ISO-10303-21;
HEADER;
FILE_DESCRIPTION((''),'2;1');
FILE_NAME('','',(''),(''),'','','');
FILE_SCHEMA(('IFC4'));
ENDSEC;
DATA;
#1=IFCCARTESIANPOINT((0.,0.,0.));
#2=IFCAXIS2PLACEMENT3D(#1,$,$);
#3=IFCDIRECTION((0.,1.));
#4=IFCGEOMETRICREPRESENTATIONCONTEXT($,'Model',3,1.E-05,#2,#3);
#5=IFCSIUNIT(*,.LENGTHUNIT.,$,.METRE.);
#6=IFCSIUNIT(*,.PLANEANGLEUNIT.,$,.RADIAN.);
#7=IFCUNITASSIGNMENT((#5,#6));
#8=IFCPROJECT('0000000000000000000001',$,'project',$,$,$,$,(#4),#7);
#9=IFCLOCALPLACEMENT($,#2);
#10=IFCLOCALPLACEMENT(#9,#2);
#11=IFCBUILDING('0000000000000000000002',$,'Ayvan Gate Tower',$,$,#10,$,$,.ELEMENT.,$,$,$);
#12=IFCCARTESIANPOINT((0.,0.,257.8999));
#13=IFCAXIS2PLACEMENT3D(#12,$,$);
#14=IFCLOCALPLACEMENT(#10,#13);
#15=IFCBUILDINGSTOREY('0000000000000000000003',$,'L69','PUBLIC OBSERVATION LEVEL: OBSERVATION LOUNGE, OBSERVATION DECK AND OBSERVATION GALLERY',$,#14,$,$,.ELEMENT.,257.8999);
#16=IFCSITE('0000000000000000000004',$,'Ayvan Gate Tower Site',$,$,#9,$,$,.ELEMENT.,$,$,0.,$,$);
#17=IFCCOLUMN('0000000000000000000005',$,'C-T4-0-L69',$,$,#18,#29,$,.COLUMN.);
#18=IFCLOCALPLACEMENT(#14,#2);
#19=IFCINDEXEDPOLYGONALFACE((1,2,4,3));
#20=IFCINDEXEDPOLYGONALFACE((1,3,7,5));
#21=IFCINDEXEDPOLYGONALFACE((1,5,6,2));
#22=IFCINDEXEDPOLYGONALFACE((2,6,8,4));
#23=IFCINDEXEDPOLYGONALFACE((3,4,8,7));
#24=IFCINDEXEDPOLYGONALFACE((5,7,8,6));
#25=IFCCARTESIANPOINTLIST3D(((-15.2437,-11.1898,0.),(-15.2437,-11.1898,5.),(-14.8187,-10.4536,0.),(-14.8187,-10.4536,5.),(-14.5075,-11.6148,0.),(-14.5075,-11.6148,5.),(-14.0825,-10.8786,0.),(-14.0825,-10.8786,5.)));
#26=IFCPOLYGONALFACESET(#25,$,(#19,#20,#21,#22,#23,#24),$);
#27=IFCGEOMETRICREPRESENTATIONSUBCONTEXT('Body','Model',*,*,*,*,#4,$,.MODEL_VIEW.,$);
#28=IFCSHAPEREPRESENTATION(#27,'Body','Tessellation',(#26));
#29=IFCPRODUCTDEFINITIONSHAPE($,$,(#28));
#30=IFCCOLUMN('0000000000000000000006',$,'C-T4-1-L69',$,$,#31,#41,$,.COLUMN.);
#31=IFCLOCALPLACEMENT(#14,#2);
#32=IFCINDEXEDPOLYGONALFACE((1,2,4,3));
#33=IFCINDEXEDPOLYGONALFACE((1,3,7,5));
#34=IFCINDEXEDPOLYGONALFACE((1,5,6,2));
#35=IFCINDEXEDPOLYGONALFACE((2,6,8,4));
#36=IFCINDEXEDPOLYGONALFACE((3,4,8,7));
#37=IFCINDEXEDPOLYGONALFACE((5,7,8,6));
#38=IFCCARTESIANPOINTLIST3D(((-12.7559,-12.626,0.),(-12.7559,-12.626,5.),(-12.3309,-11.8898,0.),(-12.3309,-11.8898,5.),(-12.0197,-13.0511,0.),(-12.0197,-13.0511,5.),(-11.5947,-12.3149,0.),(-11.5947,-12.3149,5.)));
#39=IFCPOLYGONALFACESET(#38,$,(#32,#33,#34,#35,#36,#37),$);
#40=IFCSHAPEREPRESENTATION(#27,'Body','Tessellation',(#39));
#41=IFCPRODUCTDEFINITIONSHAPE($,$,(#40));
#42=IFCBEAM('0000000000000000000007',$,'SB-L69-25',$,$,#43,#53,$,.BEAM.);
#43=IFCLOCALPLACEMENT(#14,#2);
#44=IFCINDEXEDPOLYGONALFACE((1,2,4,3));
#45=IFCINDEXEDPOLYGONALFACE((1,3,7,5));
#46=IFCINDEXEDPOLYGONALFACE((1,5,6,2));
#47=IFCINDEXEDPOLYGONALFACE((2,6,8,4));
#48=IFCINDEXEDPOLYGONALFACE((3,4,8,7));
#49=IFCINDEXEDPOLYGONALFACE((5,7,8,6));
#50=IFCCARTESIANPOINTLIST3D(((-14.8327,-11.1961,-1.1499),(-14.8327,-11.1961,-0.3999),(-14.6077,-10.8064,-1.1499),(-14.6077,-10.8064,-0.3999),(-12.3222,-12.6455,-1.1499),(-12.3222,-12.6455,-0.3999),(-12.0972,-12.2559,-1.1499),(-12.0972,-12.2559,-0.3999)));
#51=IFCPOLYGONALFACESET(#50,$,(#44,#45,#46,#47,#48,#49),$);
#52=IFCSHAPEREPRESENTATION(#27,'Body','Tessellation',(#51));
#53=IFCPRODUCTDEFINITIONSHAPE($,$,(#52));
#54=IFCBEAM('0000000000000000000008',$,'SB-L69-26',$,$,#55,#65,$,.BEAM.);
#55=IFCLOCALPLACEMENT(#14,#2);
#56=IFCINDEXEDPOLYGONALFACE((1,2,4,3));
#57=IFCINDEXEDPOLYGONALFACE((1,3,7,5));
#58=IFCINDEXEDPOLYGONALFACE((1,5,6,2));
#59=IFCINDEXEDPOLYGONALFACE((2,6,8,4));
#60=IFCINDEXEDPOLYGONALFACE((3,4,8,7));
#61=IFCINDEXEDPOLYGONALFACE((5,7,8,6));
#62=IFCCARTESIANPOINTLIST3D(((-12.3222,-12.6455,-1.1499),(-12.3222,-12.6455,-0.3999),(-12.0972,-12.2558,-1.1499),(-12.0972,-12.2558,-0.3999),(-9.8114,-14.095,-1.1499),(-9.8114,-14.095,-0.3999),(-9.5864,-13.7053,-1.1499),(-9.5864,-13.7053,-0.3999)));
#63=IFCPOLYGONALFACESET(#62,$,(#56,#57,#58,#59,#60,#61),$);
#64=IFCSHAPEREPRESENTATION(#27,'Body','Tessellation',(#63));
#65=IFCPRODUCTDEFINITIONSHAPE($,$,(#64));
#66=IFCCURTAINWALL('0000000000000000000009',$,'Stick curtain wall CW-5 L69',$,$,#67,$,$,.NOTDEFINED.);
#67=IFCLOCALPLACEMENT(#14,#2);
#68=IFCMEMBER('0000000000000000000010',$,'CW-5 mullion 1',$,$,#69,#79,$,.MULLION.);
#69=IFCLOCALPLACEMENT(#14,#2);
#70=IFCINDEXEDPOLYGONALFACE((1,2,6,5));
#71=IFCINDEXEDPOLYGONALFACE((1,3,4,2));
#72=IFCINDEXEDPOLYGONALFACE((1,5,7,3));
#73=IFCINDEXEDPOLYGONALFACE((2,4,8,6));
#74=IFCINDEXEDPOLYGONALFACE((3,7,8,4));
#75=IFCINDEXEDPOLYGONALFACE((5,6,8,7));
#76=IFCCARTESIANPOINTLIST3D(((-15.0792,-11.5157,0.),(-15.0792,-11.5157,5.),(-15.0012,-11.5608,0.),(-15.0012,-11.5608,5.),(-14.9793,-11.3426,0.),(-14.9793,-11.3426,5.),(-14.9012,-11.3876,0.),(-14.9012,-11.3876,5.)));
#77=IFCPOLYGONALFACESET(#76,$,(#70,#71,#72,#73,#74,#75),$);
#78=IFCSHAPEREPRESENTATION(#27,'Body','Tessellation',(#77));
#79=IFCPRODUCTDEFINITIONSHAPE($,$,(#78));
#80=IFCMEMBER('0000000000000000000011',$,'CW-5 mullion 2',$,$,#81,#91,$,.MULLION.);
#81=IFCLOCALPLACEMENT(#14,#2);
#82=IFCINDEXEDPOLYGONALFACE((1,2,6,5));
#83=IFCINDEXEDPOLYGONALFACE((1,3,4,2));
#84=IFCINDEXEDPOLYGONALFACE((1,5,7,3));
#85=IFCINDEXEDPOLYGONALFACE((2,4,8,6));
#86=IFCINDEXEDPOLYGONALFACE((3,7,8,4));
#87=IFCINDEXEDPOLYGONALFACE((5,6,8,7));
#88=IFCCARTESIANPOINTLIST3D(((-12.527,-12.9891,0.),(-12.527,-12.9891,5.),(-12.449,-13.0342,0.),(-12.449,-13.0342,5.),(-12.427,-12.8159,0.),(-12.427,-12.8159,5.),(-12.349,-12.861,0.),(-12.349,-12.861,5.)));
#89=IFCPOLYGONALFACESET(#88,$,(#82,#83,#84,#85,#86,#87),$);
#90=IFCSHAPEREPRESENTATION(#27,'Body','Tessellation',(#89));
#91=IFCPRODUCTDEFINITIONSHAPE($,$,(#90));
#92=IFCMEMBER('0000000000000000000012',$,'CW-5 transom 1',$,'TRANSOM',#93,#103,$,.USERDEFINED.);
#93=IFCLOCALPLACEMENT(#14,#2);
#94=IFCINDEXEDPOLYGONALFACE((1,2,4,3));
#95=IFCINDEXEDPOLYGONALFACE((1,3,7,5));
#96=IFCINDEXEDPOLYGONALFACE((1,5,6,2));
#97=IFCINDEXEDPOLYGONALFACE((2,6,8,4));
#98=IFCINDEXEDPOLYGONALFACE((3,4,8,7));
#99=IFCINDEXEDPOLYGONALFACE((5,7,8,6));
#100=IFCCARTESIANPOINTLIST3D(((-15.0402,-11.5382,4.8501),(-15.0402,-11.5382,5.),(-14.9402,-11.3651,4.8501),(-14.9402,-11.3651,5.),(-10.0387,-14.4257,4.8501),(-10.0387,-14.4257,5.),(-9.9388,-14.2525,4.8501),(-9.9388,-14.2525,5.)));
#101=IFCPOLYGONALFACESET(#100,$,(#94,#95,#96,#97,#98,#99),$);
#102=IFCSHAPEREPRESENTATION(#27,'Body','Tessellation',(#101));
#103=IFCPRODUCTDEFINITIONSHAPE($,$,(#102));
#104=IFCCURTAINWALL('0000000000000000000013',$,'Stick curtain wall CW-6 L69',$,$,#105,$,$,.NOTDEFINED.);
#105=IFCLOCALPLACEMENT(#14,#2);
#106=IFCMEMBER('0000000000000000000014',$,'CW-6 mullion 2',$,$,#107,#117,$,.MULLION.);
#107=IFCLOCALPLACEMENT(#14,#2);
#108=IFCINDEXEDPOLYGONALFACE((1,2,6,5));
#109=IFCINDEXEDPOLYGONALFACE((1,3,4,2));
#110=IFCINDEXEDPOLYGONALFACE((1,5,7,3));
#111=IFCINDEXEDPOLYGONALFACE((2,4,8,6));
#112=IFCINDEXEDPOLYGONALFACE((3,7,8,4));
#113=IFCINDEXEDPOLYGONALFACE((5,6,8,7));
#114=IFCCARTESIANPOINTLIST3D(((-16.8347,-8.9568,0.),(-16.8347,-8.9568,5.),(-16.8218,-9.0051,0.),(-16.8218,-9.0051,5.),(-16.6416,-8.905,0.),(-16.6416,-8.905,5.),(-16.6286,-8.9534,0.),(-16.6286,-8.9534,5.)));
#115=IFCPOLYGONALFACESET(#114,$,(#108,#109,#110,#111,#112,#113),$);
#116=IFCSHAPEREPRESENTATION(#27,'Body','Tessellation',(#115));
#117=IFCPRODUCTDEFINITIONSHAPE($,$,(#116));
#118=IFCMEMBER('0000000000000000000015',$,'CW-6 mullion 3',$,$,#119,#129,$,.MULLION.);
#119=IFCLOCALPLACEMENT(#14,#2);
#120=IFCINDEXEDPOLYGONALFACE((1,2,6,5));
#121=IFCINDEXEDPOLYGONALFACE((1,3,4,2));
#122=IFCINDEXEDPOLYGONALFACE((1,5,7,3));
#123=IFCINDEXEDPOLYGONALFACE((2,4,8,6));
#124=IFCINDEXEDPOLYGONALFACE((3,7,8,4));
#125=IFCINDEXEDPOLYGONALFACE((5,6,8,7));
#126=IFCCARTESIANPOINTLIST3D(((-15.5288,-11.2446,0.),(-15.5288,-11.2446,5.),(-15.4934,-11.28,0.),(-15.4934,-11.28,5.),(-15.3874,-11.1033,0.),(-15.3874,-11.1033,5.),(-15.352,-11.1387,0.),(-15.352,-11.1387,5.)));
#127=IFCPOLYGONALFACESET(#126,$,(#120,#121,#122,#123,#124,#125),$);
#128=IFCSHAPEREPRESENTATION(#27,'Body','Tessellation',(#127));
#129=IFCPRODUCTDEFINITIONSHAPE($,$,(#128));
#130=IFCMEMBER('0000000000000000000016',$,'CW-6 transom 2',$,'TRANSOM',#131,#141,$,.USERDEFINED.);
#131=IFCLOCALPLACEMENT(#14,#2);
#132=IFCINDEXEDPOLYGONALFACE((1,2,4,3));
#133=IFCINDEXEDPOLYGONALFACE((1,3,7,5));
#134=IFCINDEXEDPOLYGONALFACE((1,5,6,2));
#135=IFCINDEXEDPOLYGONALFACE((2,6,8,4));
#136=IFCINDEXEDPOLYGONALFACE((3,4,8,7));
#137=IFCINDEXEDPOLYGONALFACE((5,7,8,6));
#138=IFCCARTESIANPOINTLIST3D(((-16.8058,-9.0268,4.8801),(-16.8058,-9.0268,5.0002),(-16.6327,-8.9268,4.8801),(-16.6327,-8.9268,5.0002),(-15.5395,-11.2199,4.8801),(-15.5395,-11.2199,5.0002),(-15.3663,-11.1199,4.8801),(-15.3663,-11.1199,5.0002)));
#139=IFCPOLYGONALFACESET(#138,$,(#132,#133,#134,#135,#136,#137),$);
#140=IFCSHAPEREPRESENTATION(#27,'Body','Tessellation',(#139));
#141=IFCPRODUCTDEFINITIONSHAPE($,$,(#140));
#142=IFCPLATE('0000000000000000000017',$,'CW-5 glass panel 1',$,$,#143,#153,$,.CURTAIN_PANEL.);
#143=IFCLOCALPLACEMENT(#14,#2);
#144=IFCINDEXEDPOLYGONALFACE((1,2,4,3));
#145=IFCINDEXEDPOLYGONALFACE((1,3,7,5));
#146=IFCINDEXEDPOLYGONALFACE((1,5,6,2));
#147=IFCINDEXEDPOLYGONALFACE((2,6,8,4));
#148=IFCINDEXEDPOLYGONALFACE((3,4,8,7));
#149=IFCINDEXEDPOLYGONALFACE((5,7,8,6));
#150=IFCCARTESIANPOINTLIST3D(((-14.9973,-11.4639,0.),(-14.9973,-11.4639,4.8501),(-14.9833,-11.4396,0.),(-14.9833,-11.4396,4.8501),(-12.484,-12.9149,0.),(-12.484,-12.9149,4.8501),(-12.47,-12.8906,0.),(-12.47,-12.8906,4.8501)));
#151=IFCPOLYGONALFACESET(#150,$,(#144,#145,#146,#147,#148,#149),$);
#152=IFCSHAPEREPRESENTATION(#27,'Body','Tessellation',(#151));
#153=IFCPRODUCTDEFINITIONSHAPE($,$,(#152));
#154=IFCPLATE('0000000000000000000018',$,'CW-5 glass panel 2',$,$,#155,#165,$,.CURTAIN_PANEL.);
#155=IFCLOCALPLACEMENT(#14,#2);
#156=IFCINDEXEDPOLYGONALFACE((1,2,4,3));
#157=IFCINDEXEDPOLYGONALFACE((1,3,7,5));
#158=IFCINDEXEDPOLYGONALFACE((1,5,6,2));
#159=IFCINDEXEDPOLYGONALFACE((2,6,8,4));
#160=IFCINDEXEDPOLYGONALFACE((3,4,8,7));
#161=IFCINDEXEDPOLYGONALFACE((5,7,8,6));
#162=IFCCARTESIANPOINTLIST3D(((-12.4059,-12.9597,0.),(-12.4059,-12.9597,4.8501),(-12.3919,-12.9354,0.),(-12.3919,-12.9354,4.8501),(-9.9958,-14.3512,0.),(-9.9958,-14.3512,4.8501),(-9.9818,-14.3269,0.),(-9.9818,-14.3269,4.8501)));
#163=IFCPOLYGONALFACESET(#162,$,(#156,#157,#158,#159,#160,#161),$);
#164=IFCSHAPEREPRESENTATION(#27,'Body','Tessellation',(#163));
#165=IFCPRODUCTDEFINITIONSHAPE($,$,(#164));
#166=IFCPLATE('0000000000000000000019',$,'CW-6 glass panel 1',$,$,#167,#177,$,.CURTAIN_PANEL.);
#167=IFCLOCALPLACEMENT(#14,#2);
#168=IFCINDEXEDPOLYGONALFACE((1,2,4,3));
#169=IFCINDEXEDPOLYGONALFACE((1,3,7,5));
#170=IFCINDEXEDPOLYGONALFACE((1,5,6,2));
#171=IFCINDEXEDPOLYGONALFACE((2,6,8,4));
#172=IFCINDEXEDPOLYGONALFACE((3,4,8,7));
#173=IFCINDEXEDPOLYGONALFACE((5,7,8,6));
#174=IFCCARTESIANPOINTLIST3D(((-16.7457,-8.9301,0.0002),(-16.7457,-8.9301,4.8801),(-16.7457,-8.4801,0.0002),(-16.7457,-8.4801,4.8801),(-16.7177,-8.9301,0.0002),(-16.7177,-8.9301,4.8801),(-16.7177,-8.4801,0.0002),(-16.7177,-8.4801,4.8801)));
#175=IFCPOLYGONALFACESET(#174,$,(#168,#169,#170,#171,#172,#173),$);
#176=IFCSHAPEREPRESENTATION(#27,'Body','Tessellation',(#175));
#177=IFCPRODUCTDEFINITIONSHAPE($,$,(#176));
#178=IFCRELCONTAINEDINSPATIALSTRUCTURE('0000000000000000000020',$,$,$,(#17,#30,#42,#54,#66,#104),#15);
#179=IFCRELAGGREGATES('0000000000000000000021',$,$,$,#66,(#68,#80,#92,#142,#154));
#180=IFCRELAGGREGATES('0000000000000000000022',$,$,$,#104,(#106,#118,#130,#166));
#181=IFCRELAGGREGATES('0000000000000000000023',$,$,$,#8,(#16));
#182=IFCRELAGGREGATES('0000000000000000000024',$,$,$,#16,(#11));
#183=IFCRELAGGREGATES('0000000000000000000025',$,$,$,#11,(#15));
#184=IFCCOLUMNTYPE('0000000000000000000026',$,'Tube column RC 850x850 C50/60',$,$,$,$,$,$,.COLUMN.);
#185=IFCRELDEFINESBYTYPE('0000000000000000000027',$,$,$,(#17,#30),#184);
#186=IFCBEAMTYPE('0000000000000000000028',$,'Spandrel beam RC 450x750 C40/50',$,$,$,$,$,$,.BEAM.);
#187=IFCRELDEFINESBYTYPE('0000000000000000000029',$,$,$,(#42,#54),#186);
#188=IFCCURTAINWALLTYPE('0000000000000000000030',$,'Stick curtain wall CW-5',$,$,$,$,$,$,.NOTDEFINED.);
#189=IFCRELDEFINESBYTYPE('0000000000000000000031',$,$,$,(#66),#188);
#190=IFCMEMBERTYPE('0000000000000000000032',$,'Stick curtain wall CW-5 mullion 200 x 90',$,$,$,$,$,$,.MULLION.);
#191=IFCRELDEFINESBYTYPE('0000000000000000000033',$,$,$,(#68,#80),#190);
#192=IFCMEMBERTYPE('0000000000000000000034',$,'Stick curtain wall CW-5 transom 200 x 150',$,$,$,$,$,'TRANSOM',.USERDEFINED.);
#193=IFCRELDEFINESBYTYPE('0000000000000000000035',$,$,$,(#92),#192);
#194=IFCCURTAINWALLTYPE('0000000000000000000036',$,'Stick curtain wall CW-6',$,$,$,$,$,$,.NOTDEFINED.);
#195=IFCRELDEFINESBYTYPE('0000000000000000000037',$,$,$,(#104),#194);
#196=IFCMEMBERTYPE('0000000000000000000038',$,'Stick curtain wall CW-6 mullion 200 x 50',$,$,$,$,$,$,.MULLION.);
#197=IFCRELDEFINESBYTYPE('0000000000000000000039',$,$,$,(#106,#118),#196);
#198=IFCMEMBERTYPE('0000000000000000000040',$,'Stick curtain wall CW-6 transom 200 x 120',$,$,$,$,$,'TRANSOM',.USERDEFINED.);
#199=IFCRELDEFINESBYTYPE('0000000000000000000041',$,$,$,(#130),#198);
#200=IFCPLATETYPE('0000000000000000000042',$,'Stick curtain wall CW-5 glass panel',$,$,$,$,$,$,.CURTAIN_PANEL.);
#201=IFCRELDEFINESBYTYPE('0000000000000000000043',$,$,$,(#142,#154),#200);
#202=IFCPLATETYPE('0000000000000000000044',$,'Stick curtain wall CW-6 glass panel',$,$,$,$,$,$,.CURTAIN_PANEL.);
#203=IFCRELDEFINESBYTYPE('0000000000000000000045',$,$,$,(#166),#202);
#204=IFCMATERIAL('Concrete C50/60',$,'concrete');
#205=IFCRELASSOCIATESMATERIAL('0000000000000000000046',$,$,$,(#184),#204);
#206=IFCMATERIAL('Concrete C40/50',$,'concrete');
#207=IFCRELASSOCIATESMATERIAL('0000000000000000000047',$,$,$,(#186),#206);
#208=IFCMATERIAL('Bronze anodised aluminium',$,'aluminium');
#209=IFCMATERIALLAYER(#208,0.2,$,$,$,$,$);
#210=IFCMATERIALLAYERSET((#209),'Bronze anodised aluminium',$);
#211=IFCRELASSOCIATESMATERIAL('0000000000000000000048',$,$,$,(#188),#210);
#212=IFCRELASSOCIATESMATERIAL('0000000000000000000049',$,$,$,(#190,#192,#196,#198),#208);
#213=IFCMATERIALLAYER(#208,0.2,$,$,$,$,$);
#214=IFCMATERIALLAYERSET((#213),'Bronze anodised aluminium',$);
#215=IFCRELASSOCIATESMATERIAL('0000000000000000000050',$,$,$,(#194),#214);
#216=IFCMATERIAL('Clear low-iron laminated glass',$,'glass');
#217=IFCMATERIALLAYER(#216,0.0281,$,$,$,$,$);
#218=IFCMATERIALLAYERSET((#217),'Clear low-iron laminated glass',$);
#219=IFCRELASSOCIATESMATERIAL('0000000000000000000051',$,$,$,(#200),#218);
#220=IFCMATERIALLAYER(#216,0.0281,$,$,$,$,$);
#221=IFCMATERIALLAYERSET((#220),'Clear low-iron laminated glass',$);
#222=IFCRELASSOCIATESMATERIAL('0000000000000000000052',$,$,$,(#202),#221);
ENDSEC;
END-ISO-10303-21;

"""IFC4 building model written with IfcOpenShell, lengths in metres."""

from ifc_helpers import new_model, si_unit, direction, frame, origin, origin_2d, place, context, subcontext, project, spatial, rectangle, extrude, material, layer, layer_set, material_profile, profile_set, type_object, element, aggregate, save


model = new_model("IFC4")

# Units and contexts
model_context = context("Model", 3, precision=1e-05, world=origin(), true_north=direction((0.0, 1.0)))
body_context = subcontext(model_context, "Body", "Model", "MODEL_VIEW")
ifc_project = project(units=[si_unit("LENGTHUNIT", "METRE"), si_unit("PLANEANGLEUNIT", "RADIAN")], contexts=[model_context])

# Site, building, storey
site_placement = place(None, origin())
site = spatial("IfcSite", under=ifc_project, at=site_placement, Name="Ayvan Gate Tower Site", CompositionType="ELEMENT", RefElevation=0.0)
building_placement = place(site_placement, origin())
building = spatial("IfcBuilding", under=site, at=building_placement, Name="Ayvan Gate Tower", CompositionType="ELEMENT")
storey_placement = place(building_placement, frame((0.0, 0.0, 257.8999)))
storey = spatial("IfcBuildingStorey", under=building, at=storey_placement, Name="L69", Description="PUBLIC OBSERVATION LEVEL: OBSERVATION LOUNGE, OBSERVATION DECK AND OBSERVATION GALLERY", CompositionType="ELEMENT", Elevation=257.8999)

# Columns
ifc_material_1 = material(Name="Concrete C50/60", Category="concrete")
ifc_material_profile_1 = material_profile(ifc_material_1, rectangle(XDim=0.8501, YDim=0.8501, at=origin_2d()), Name="RC 850x850")
ifc_profile_set_1 = profile_set([ifc_material_profile_1], Name="Concrete C50/60")
column_type = type_object("IfcColumnType", Name="Tube column RC 850x850 C50/60", PredefinedType="COLUMN", material=ifc_profile_set_1)
for number, where, z_axis, x_axis, name in (
    (1, (-14.6631, -11.0342, 0.0), (0.0, 0.0, 1.0), (-0.5, -0.866025, 0.0), "C-T4-0-L69"),
    (2, (-12.1753, -12.4705, 0.0), (0.0, 0.0, 1.0), (-0.5, -0.866025, 0.0), "C-T4-1-L69"),
):
    element("IfcColumn", number, at=place(storey_placement, frame(where, z_axis=z_axis, x_axis=x_axis)), inside=storey, type_object=column_type, Name=name, PredefinedType="COLUMN", context=body_context, shape_type="SweptSolid", body=[
        extrude(rectangle(XDim=0.8501, YDim=0.8501, at=origin_2d()), origin(), (0.0, 0.0, 1.0), 5.0),
    ])

# Beams
ifc_material_2 = material(Name="Concrete C40/50", Category="concrete")
ifc_material_profile_2 = material_profile(ifc_material_2, rectangle(XDim=0.45, YDim=0.75, at=origin_2d()), Name="RC 450x750")
ifc_profile_set_2 = profile_set([ifc_material_profile_2], Name="Concrete C40/50")
beam_type = type_object("IfcBeamType", Name="Spandrel beam RC 450x750 C40/50", PredefinedType="BEAM", material=ifc_profile_set_2)
beam_1_placement = place(storey_placement, frame((-14.7202, -11.0012, -0.7749), z_axis=(0.866021, -0.500007, 0.0), x_axis=(0.500007, 0.866021, 0.0)))
element("IfcBeam", 3, at=beam_1_placement, inside=storey, type_object=beam_type, Name="SB-L69-25", PredefinedType="BEAM", context=body_context, shape_type="SweptSolid", body=[
    extrude(rectangle(XDim=0.45, YDim=0.75, at=origin_2d()), origin(), (0.0, 0.0, 1.0), 2.8989),
])
beam_2_placement = place(storey_placement, frame((-12.2097, -12.4507, -0.7749), z_axis=(0.866043, -0.49997, 0.0), x_axis=(0.49997, 0.866043, 0.0)))
element("IfcBeam", 4, at=beam_2_placement, inside=storey, type_object=beam_type, Name="SB-L69-26", PredefinedType="BEAM", context=body_context, shape_type="SweptSolid", body=[
    extrude(rectangle(XDim=0.45, YDim=0.75, at=origin_2d()), origin(), (0.0, 0.0, 1.0), 2.8992),
])

# Curtain walls, members
ifc_material_3 = material(Name="Bronze anodised aluminium", Category="aluminium")
ifc_layer_1 = layer(ifc_material_3, 0.2)
ifc_layer_set_1 = layer_set([ifc_layer_1], Name="Bronze anodised aluminium")
curtain_wall_type_1 = type_object("IfcCurtainWallType", Name="Stick curtain wall CW-5", PredefinedType="NOTDEFINED", material=ifc_layer_set_1)
curtain_wall_1_placement = place(storey_placement, origin())
curtain_wall_1 = element("IfcCurtainWall", 5, at=curtain_wall_1_placement, inside=storey, type_object=curtain_wall_type_1, Name="Stick curtain wall CW-5 L69", PredefinedType="NOTDEFINED")
ifc_material_profile_3 = material_profile(ifc_material_3, rectangle(XDim=0.2, YDim=0.0901, at=origin_2d()), Name="Stick curtain wall CW-5 mullion 200 x 90")
ifc_profile_set_3 = profile_set([ifc_material_profile_3], Name="Bronze anodised aluminium")
member_type_1 = type_object("IfcMemberType", Name="Stick curtain wall CW-5 mullion 200 x 90", PredefinedType="MULLION", material=ifc_profile_set_3)
member_1_placement = place(storey_placement, frame((-14.9902, -11.4517, 0.0), z_axis=(0.0, 0.0, 1.0), x_axis=(-0.5, -0.866025, 0.0)))
member_1 = element("IfcMember", 6, at=member_1_placement, type_object=member_type_1, Name="CW-5 mullion 1", PredefinedType="MULLION", context=body_context, shape_type="SweptSolid", body=[
    extrude(rectangle(XDim=0.2, YDim=0.0901, at=origin_2d()), origin(), (0.0, 0.0, 1.0), 5.0),
])
member_2_placement = place(storey_placement, frame((-12.438, -12.925, 0.0), z_axis=(0.0, 0.0, 1.0), x_axis=(-0.5, -0.866025, 0.0)))
member_2 = element("IfcMember", 7, at=member_2_placement, type_object=member_type_1, Name="CW-5 mullion 2", PredefinedType="MULLION", context=body_context, shape_type="SweptSolid", body=[
    extrude(rectangle(XDim=0.2, YDim=0.0901, at=origin_2d()), origin(), (0.0, 0.0, 1.0), 5.0),
])
ifc_material_profile_4 = material_profile(ifc_material_3, rectangle(XDim=0.2, YDim=0.1499, at=origin_2d()), Name="Stick curtain wall CW-5 transom 200 x 150")
ifc_profile_set_4 = profile_set([ifc_material_profile_4], Name="Bronze anodised aluminium")
member_type_2 = type_object("IfcMemberType", Name="Stick curtain wall CW-5 transom 200 x 150", ElementType="TRANSOM", PredefinedType="USERDEFINED", material=ifc_profile_set_4)
member_3_placement = place(storey_placement, frame((-14.9902, -11.4517, 4.925), z_axis=(0.866036, -0.499981, 0.0), x_axis=(0.499981, 0.866036, 0.0)))
member_3 = element("IfcMember", 8, at=member_3_placement, type_object=member_type_2, Name="CW-5 transom 1", ObjectType="TRANSOM", PredefinedType="USERDEFINED", context=body_context, shape_type="SweptSolid", body=[
    extrude(rectangle(XDim=0.2, YDim=0.1499, at=origin_2d()), origin(), (0.0, 0.0, 1.0), 5.7751),
])
ifc_layer_2 = layer(ifc_material_3, 0.2)
ifc_layer_set_2 = layer_set([ifc_layer_2], Name="Bronze anodised aluminium")
curtain_wall_type_2 = type_object("IfcCurtainWallType", Name="Stick curtain wall CW-6", PredefinedType="NOTDEFINED", material=ifc_layer_set_2)
curtain_wall_2_placement = place(storey_placement, origin())
curtain_wall_2 = element("IfcCurtainWall", 9, at=curtain_wall_2_placement, inside=storey, type_object=curtain_wall_type_2, Name="Stick curtain wall CW-6 L69", PredefinedType="NOTDEFINED")
ifc_material_profile_5 = material_profile(ifc_material_3, rectangle(XDim=0.2, YDim=0.05, at=origin_2d()), Name="Stick curtain wall CW-6 mullion 200 x 50")
ifc_profile_set_5 = profile_set([ifc_material_profile_5], Name="Bronze anodised aluminium")
member_type_3 = type_object("IfcMemberType", Name="Stick curtain wall CW-6 mullion 200 x 50", PredefinedType="MULLION", material=ifc_profile_set_5)
member_4_placement = place(storey_placement, frame((-16.7317, -8.9551, 0.0), z_axis=(0.0, 0.0, 1.0), x_axis=(-0.965926, -0.258819, 0.0)))
member_4 = element("IfcMember", 10, at=member_4_placement, type_object=member_type_3, Name="CW-6 mullion 2", PredefinedType="MULLION", context=body_context, shape_type="SweptSolid", body=[
    extrude(rectangle(XDim=0.2, YDim=0.05, at=origin_2d()), origin(), (0.0, 0.0, 1.0), 5.0),
])
member_5_placement = place(storey_placement, frame((-15.4404, -11.1917, 0.0), z_axis=(0.0, 0.0, 1.0), x_axis=(-0.707107, -0.707107, 0.0)))
member_5 = element("IfcMember", 11, at=member_5_placement, type_object=member_type_3, Name="CW-6 mullion 3", PredefinedType="MULLION", context=body_context, shape_type="SweptSolid", body=[
    extrude(rectangle(XDim=0.2, YDim=0.05, at=origin_2d()), origin(), (0.0, 0.0, 1.0), 5.0),
])
ifc_material_profile_6 = material_profile(ifc_material_3, rectangle(XDim=0.2, YDim=0.1201, at=origin_2d()), Name="Stick curtain wall CW-6 transom 200 x 120")
ifc_profile_set_6 = profile_set([ifc_material_profile_6], Name="Bronze anodised aluminium")
member_type_4 = type_object("IfcMemberType", Name="Stick curtain wall CW-6 transom 200 x 120", ElementType="TRANSOM", PredefinedType="USERDEFINED", material=ifc_profile_set_6)
member_6_placement = place(storey_placement, frame((-16.7192, -8.9768, 4.9402), z_axis=(0.500048, -0.865998, 0.0), x_axis=(0.865998, 0.500048, 0.0)))
member_6 = element("IfcMember", 12, at=member_6_placement, type_object=member_type_4, Name="CW-6 transom 2", ObjectType="TRANSOM", PredefinedType="USERDEFINED", context=body_context, shape_type="SweptSolid", body=[
    extrude(rectangle(XDim=0.2, YDim=0.1201, at=origin_2d()), origin(), (0.0, 0.0, 1.0), 2.5325),
])

# Plates
ifc_material_4 = material(Name="Clear low-iron laminated glass", Category="glass")
ifc_layer_3 = layer(ifc_material_4, 0.0281)
ifc_layer_set_3 = layer_set([ifc_layer_3], Name="Clear low-iron laminated glass")
plate_type_1 = type_object("IfcPlateType", Name="Stick curtain wall CW-5 glass panel", PredefinedType="CURTAIN_PANEL", material=ifc_layer_set_3)
plate_1_placement = place(storey_placement, frame((-13.7336, -12.1772, 0.0), z_axis=(0.0, 0.0, 1.0), x_axis=(0.866025, -0.5, 0.0)))
plate_1 = element("IfcPlate", 13, at=plate_1_placement, type_object=plate_type_1, Name="CW-5 glass panel 1", PredefinedType="CURTAIN_PANEL", context=body_context, shape_type="SweptSolid", body=[
    extrude(rectangle(XDim=2.9021, YDim=0.0281, at=origin_2d()), origin(), (0.0, 0.0, 1.0), 4.8501),
])
plate_2_placement = place(storey_placement, frame((-11.1938, -13.6433, 0.0), z_axis=(0.0, 0.0, 1.0), x_axis=(0.866025, -0.5, 0.0)))
plate_2 = element("IfcPlate", 14, at=plate_2_placement, type_object=plate_type_1, Name="CW-5 glass panel 2", PredefinedType="CURTAIN_PANEL", context=body_context, shape_type="SweptSolid", body=[
    extrude(rectangle(XDim=2.783, YDim=0.0281, at=origin_2d()), origin(), (0.0, 0.0, 1.0), 4.8501),
])
aggregate(curtain_wall_1, [member_1, member_2, member_3, plate_1, plate_2])
ifc_layer_4 = layer(ifc_material_4, 0.0281)
ifc_layer_set_4 = layer_set([ifc_layer_4], Name="Clear low-iron laminated glass")
plate_type_2 = type_object("IfcPlateType", Name="Stick curtain wall CW-6 glass panel", PredefinedType="CURTAIN_PANEL", material=ifc_layer_set_4)
plate_3_placement = place(storey_placement, frame((-16.7317, -8.7051, 0.0002), z_axis=(0.0, 0.0, 1.0), x_axis=(0.0, -1.0, 0.0)))
plate_3 = element("IfcPlate", 15, at=plate_3_placement, type_object=plate_type_2, Name="CW-6 glass panel 1", PredefinedType="CURTAIN_PANEL", context=body_context, shape_type="SweptSolid", body=[
    extrude(rectangle(XDim=0.45, YDim=0.0281, at=origin_2d()), origin(), (0.0, 0.0, 1.0), 4.8799),
])
aggregate(curtain_wall_2, [member_4, member_5, member_6, plate_3])

save(model, "model.ifc")
